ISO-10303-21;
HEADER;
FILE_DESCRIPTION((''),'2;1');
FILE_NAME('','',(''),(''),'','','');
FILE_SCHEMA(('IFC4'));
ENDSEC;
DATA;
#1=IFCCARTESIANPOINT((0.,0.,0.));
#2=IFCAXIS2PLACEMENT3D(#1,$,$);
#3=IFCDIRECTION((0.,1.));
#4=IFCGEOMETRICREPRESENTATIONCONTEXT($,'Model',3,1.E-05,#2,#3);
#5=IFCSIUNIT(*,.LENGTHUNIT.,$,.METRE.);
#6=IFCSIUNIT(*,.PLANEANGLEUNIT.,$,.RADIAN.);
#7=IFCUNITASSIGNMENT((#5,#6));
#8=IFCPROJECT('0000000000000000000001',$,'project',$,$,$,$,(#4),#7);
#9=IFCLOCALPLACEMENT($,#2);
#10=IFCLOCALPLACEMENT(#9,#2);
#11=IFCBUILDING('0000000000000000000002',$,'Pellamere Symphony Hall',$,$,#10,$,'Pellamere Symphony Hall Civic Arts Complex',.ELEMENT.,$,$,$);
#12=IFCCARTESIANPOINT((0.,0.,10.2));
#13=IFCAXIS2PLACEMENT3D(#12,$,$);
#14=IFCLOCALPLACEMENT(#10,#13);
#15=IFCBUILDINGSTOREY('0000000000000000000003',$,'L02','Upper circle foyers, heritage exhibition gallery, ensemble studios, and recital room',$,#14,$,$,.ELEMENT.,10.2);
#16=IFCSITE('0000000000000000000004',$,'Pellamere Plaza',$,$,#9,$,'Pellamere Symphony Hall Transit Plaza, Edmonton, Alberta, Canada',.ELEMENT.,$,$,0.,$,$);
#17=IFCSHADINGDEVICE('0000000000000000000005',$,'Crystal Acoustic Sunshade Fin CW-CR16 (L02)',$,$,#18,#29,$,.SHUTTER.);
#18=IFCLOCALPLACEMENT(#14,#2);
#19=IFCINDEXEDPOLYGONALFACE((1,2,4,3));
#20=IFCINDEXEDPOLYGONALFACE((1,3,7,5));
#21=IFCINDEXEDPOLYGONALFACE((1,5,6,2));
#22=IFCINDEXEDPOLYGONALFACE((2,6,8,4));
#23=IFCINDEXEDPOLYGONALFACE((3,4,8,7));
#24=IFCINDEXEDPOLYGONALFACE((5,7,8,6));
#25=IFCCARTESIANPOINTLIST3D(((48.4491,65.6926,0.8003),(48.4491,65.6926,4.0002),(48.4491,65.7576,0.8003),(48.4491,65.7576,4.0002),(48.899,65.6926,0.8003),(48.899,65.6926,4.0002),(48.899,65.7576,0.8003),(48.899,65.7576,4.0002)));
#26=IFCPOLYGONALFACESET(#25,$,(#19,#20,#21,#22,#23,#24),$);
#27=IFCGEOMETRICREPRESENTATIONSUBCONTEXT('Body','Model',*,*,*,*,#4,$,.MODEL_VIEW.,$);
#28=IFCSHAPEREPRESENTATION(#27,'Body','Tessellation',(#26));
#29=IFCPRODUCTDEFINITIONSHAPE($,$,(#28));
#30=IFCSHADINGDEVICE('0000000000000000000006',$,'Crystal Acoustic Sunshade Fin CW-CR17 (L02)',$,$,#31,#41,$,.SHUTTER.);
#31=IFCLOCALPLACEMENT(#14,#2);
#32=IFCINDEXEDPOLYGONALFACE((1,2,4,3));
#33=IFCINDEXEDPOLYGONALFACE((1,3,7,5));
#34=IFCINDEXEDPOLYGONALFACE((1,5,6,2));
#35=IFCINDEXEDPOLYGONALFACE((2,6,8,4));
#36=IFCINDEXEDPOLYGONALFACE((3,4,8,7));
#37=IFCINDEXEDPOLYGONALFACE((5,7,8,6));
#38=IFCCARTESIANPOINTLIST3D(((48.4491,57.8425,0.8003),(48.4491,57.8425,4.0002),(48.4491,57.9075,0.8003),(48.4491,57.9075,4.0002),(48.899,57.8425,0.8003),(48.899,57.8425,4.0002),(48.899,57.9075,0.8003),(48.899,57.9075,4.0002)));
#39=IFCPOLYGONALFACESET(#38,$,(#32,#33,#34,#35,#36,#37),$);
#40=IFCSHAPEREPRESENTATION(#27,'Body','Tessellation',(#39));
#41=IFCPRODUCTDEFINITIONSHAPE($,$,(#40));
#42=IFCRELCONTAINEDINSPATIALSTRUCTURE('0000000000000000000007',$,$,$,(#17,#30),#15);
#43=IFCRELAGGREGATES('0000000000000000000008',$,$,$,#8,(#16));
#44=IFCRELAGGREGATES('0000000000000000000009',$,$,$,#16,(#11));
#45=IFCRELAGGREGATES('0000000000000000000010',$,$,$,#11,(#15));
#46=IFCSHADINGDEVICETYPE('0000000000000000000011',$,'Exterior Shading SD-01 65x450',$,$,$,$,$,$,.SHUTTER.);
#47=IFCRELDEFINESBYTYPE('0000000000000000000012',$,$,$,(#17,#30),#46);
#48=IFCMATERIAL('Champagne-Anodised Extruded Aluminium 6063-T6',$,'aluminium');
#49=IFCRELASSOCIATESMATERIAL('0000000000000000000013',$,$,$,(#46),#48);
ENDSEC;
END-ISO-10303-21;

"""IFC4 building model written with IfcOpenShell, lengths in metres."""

from ifc_helpers import new_model, si_unit, direction, frame, origin, origin_2d, place, context, subcontext, project, spatial, rectangle, extrude, material, type_object, element, save


model = new_model("IFC4")

# Units and contexts
model_context = context("Model", 3, precision=1e-05, world=origin(), true_north=direction((0.0, 1.0)))
body_context = subcontext(model_context, "Body", "Model", "MODEL_VIEW")
ifc_project = project(units=[si_unit("LENGTHUNIT", "METRE"), si_unit("PLANEANGLEUNIT", "RADIAN")], contexts=[model_context])

# Site, building, storey
site_placement = place(None, origin())
site = spatial("IfcSite", under=ifc_project, at=site_placement, Name="Pellamere Plaza", LongName="Pellamere Symphony Hall Transit Plaza, Edmonton, Alberta, Canada", CompositionType="ELEMENT", RefElevation=0.0)
building_placement = place(site_placement, origin())
building = spatial("IfcBuilding", under=site, at=building_placement, Name="Pellamere Symphony Hall", LongName="Pellamere Symphony Hall Civic Arts Complex", CompositionType="ELEMENT")
storey_placement = place(building_placement, frame((0.0, 0.0, 10.2)))
storey = spatial("IfcBuildingStorey", under=building, at=storey_placement, Name="L02", Description="Upper circle foyers, heritage exhibition gallery, ensemble studios, and recital room", CompositionType="ELEMENT", Elevation=10.2)

# Shading devices
ifc_material_1 = material(Name="Champagne-Anodised Extruded Aluminium 6063-T6", Category="aluminium")
shading_device_type = type_object("IfcShadingDeviceType", Name="Exterior Shading SD-01 65x450", PredefinedType="SHUTTER", material=ifc_material_1)
for number, where, z_axis, x_axis, name in (
    (1, (48.6741, 65.7251, 0.8003), (0.0, 0.0, 1.0), (0.0, 1.0, 0.0), "Crystal Acoustic Sunshade Fin CW-CR16 (L02)"),
    (2, (48.6741, 57.875, 0.8003), (0.0, 0.0, 1.0), (0.0, 1.0, 0.0), "Crystal Acoustic Sunshade Fin CW-CR17 (L02)"),
):
    element("IfcShadingDevice", number, at=place(storey_placement, frame(where, z_axis=z_axis, x_axis=x_axis)), inside=storey, type_object=shading_device_type, Name=name, PredefinedType="SHUTTER", context=body_context, shape_type="SweptSolid", body=[
        extrude(rectangle(XDim=0.0649, YDim=0.45, at=origin_2d()), origin(), (0.0, 0.0, 1.0), 3.2),
    ])

save(model, "model.ifc")
